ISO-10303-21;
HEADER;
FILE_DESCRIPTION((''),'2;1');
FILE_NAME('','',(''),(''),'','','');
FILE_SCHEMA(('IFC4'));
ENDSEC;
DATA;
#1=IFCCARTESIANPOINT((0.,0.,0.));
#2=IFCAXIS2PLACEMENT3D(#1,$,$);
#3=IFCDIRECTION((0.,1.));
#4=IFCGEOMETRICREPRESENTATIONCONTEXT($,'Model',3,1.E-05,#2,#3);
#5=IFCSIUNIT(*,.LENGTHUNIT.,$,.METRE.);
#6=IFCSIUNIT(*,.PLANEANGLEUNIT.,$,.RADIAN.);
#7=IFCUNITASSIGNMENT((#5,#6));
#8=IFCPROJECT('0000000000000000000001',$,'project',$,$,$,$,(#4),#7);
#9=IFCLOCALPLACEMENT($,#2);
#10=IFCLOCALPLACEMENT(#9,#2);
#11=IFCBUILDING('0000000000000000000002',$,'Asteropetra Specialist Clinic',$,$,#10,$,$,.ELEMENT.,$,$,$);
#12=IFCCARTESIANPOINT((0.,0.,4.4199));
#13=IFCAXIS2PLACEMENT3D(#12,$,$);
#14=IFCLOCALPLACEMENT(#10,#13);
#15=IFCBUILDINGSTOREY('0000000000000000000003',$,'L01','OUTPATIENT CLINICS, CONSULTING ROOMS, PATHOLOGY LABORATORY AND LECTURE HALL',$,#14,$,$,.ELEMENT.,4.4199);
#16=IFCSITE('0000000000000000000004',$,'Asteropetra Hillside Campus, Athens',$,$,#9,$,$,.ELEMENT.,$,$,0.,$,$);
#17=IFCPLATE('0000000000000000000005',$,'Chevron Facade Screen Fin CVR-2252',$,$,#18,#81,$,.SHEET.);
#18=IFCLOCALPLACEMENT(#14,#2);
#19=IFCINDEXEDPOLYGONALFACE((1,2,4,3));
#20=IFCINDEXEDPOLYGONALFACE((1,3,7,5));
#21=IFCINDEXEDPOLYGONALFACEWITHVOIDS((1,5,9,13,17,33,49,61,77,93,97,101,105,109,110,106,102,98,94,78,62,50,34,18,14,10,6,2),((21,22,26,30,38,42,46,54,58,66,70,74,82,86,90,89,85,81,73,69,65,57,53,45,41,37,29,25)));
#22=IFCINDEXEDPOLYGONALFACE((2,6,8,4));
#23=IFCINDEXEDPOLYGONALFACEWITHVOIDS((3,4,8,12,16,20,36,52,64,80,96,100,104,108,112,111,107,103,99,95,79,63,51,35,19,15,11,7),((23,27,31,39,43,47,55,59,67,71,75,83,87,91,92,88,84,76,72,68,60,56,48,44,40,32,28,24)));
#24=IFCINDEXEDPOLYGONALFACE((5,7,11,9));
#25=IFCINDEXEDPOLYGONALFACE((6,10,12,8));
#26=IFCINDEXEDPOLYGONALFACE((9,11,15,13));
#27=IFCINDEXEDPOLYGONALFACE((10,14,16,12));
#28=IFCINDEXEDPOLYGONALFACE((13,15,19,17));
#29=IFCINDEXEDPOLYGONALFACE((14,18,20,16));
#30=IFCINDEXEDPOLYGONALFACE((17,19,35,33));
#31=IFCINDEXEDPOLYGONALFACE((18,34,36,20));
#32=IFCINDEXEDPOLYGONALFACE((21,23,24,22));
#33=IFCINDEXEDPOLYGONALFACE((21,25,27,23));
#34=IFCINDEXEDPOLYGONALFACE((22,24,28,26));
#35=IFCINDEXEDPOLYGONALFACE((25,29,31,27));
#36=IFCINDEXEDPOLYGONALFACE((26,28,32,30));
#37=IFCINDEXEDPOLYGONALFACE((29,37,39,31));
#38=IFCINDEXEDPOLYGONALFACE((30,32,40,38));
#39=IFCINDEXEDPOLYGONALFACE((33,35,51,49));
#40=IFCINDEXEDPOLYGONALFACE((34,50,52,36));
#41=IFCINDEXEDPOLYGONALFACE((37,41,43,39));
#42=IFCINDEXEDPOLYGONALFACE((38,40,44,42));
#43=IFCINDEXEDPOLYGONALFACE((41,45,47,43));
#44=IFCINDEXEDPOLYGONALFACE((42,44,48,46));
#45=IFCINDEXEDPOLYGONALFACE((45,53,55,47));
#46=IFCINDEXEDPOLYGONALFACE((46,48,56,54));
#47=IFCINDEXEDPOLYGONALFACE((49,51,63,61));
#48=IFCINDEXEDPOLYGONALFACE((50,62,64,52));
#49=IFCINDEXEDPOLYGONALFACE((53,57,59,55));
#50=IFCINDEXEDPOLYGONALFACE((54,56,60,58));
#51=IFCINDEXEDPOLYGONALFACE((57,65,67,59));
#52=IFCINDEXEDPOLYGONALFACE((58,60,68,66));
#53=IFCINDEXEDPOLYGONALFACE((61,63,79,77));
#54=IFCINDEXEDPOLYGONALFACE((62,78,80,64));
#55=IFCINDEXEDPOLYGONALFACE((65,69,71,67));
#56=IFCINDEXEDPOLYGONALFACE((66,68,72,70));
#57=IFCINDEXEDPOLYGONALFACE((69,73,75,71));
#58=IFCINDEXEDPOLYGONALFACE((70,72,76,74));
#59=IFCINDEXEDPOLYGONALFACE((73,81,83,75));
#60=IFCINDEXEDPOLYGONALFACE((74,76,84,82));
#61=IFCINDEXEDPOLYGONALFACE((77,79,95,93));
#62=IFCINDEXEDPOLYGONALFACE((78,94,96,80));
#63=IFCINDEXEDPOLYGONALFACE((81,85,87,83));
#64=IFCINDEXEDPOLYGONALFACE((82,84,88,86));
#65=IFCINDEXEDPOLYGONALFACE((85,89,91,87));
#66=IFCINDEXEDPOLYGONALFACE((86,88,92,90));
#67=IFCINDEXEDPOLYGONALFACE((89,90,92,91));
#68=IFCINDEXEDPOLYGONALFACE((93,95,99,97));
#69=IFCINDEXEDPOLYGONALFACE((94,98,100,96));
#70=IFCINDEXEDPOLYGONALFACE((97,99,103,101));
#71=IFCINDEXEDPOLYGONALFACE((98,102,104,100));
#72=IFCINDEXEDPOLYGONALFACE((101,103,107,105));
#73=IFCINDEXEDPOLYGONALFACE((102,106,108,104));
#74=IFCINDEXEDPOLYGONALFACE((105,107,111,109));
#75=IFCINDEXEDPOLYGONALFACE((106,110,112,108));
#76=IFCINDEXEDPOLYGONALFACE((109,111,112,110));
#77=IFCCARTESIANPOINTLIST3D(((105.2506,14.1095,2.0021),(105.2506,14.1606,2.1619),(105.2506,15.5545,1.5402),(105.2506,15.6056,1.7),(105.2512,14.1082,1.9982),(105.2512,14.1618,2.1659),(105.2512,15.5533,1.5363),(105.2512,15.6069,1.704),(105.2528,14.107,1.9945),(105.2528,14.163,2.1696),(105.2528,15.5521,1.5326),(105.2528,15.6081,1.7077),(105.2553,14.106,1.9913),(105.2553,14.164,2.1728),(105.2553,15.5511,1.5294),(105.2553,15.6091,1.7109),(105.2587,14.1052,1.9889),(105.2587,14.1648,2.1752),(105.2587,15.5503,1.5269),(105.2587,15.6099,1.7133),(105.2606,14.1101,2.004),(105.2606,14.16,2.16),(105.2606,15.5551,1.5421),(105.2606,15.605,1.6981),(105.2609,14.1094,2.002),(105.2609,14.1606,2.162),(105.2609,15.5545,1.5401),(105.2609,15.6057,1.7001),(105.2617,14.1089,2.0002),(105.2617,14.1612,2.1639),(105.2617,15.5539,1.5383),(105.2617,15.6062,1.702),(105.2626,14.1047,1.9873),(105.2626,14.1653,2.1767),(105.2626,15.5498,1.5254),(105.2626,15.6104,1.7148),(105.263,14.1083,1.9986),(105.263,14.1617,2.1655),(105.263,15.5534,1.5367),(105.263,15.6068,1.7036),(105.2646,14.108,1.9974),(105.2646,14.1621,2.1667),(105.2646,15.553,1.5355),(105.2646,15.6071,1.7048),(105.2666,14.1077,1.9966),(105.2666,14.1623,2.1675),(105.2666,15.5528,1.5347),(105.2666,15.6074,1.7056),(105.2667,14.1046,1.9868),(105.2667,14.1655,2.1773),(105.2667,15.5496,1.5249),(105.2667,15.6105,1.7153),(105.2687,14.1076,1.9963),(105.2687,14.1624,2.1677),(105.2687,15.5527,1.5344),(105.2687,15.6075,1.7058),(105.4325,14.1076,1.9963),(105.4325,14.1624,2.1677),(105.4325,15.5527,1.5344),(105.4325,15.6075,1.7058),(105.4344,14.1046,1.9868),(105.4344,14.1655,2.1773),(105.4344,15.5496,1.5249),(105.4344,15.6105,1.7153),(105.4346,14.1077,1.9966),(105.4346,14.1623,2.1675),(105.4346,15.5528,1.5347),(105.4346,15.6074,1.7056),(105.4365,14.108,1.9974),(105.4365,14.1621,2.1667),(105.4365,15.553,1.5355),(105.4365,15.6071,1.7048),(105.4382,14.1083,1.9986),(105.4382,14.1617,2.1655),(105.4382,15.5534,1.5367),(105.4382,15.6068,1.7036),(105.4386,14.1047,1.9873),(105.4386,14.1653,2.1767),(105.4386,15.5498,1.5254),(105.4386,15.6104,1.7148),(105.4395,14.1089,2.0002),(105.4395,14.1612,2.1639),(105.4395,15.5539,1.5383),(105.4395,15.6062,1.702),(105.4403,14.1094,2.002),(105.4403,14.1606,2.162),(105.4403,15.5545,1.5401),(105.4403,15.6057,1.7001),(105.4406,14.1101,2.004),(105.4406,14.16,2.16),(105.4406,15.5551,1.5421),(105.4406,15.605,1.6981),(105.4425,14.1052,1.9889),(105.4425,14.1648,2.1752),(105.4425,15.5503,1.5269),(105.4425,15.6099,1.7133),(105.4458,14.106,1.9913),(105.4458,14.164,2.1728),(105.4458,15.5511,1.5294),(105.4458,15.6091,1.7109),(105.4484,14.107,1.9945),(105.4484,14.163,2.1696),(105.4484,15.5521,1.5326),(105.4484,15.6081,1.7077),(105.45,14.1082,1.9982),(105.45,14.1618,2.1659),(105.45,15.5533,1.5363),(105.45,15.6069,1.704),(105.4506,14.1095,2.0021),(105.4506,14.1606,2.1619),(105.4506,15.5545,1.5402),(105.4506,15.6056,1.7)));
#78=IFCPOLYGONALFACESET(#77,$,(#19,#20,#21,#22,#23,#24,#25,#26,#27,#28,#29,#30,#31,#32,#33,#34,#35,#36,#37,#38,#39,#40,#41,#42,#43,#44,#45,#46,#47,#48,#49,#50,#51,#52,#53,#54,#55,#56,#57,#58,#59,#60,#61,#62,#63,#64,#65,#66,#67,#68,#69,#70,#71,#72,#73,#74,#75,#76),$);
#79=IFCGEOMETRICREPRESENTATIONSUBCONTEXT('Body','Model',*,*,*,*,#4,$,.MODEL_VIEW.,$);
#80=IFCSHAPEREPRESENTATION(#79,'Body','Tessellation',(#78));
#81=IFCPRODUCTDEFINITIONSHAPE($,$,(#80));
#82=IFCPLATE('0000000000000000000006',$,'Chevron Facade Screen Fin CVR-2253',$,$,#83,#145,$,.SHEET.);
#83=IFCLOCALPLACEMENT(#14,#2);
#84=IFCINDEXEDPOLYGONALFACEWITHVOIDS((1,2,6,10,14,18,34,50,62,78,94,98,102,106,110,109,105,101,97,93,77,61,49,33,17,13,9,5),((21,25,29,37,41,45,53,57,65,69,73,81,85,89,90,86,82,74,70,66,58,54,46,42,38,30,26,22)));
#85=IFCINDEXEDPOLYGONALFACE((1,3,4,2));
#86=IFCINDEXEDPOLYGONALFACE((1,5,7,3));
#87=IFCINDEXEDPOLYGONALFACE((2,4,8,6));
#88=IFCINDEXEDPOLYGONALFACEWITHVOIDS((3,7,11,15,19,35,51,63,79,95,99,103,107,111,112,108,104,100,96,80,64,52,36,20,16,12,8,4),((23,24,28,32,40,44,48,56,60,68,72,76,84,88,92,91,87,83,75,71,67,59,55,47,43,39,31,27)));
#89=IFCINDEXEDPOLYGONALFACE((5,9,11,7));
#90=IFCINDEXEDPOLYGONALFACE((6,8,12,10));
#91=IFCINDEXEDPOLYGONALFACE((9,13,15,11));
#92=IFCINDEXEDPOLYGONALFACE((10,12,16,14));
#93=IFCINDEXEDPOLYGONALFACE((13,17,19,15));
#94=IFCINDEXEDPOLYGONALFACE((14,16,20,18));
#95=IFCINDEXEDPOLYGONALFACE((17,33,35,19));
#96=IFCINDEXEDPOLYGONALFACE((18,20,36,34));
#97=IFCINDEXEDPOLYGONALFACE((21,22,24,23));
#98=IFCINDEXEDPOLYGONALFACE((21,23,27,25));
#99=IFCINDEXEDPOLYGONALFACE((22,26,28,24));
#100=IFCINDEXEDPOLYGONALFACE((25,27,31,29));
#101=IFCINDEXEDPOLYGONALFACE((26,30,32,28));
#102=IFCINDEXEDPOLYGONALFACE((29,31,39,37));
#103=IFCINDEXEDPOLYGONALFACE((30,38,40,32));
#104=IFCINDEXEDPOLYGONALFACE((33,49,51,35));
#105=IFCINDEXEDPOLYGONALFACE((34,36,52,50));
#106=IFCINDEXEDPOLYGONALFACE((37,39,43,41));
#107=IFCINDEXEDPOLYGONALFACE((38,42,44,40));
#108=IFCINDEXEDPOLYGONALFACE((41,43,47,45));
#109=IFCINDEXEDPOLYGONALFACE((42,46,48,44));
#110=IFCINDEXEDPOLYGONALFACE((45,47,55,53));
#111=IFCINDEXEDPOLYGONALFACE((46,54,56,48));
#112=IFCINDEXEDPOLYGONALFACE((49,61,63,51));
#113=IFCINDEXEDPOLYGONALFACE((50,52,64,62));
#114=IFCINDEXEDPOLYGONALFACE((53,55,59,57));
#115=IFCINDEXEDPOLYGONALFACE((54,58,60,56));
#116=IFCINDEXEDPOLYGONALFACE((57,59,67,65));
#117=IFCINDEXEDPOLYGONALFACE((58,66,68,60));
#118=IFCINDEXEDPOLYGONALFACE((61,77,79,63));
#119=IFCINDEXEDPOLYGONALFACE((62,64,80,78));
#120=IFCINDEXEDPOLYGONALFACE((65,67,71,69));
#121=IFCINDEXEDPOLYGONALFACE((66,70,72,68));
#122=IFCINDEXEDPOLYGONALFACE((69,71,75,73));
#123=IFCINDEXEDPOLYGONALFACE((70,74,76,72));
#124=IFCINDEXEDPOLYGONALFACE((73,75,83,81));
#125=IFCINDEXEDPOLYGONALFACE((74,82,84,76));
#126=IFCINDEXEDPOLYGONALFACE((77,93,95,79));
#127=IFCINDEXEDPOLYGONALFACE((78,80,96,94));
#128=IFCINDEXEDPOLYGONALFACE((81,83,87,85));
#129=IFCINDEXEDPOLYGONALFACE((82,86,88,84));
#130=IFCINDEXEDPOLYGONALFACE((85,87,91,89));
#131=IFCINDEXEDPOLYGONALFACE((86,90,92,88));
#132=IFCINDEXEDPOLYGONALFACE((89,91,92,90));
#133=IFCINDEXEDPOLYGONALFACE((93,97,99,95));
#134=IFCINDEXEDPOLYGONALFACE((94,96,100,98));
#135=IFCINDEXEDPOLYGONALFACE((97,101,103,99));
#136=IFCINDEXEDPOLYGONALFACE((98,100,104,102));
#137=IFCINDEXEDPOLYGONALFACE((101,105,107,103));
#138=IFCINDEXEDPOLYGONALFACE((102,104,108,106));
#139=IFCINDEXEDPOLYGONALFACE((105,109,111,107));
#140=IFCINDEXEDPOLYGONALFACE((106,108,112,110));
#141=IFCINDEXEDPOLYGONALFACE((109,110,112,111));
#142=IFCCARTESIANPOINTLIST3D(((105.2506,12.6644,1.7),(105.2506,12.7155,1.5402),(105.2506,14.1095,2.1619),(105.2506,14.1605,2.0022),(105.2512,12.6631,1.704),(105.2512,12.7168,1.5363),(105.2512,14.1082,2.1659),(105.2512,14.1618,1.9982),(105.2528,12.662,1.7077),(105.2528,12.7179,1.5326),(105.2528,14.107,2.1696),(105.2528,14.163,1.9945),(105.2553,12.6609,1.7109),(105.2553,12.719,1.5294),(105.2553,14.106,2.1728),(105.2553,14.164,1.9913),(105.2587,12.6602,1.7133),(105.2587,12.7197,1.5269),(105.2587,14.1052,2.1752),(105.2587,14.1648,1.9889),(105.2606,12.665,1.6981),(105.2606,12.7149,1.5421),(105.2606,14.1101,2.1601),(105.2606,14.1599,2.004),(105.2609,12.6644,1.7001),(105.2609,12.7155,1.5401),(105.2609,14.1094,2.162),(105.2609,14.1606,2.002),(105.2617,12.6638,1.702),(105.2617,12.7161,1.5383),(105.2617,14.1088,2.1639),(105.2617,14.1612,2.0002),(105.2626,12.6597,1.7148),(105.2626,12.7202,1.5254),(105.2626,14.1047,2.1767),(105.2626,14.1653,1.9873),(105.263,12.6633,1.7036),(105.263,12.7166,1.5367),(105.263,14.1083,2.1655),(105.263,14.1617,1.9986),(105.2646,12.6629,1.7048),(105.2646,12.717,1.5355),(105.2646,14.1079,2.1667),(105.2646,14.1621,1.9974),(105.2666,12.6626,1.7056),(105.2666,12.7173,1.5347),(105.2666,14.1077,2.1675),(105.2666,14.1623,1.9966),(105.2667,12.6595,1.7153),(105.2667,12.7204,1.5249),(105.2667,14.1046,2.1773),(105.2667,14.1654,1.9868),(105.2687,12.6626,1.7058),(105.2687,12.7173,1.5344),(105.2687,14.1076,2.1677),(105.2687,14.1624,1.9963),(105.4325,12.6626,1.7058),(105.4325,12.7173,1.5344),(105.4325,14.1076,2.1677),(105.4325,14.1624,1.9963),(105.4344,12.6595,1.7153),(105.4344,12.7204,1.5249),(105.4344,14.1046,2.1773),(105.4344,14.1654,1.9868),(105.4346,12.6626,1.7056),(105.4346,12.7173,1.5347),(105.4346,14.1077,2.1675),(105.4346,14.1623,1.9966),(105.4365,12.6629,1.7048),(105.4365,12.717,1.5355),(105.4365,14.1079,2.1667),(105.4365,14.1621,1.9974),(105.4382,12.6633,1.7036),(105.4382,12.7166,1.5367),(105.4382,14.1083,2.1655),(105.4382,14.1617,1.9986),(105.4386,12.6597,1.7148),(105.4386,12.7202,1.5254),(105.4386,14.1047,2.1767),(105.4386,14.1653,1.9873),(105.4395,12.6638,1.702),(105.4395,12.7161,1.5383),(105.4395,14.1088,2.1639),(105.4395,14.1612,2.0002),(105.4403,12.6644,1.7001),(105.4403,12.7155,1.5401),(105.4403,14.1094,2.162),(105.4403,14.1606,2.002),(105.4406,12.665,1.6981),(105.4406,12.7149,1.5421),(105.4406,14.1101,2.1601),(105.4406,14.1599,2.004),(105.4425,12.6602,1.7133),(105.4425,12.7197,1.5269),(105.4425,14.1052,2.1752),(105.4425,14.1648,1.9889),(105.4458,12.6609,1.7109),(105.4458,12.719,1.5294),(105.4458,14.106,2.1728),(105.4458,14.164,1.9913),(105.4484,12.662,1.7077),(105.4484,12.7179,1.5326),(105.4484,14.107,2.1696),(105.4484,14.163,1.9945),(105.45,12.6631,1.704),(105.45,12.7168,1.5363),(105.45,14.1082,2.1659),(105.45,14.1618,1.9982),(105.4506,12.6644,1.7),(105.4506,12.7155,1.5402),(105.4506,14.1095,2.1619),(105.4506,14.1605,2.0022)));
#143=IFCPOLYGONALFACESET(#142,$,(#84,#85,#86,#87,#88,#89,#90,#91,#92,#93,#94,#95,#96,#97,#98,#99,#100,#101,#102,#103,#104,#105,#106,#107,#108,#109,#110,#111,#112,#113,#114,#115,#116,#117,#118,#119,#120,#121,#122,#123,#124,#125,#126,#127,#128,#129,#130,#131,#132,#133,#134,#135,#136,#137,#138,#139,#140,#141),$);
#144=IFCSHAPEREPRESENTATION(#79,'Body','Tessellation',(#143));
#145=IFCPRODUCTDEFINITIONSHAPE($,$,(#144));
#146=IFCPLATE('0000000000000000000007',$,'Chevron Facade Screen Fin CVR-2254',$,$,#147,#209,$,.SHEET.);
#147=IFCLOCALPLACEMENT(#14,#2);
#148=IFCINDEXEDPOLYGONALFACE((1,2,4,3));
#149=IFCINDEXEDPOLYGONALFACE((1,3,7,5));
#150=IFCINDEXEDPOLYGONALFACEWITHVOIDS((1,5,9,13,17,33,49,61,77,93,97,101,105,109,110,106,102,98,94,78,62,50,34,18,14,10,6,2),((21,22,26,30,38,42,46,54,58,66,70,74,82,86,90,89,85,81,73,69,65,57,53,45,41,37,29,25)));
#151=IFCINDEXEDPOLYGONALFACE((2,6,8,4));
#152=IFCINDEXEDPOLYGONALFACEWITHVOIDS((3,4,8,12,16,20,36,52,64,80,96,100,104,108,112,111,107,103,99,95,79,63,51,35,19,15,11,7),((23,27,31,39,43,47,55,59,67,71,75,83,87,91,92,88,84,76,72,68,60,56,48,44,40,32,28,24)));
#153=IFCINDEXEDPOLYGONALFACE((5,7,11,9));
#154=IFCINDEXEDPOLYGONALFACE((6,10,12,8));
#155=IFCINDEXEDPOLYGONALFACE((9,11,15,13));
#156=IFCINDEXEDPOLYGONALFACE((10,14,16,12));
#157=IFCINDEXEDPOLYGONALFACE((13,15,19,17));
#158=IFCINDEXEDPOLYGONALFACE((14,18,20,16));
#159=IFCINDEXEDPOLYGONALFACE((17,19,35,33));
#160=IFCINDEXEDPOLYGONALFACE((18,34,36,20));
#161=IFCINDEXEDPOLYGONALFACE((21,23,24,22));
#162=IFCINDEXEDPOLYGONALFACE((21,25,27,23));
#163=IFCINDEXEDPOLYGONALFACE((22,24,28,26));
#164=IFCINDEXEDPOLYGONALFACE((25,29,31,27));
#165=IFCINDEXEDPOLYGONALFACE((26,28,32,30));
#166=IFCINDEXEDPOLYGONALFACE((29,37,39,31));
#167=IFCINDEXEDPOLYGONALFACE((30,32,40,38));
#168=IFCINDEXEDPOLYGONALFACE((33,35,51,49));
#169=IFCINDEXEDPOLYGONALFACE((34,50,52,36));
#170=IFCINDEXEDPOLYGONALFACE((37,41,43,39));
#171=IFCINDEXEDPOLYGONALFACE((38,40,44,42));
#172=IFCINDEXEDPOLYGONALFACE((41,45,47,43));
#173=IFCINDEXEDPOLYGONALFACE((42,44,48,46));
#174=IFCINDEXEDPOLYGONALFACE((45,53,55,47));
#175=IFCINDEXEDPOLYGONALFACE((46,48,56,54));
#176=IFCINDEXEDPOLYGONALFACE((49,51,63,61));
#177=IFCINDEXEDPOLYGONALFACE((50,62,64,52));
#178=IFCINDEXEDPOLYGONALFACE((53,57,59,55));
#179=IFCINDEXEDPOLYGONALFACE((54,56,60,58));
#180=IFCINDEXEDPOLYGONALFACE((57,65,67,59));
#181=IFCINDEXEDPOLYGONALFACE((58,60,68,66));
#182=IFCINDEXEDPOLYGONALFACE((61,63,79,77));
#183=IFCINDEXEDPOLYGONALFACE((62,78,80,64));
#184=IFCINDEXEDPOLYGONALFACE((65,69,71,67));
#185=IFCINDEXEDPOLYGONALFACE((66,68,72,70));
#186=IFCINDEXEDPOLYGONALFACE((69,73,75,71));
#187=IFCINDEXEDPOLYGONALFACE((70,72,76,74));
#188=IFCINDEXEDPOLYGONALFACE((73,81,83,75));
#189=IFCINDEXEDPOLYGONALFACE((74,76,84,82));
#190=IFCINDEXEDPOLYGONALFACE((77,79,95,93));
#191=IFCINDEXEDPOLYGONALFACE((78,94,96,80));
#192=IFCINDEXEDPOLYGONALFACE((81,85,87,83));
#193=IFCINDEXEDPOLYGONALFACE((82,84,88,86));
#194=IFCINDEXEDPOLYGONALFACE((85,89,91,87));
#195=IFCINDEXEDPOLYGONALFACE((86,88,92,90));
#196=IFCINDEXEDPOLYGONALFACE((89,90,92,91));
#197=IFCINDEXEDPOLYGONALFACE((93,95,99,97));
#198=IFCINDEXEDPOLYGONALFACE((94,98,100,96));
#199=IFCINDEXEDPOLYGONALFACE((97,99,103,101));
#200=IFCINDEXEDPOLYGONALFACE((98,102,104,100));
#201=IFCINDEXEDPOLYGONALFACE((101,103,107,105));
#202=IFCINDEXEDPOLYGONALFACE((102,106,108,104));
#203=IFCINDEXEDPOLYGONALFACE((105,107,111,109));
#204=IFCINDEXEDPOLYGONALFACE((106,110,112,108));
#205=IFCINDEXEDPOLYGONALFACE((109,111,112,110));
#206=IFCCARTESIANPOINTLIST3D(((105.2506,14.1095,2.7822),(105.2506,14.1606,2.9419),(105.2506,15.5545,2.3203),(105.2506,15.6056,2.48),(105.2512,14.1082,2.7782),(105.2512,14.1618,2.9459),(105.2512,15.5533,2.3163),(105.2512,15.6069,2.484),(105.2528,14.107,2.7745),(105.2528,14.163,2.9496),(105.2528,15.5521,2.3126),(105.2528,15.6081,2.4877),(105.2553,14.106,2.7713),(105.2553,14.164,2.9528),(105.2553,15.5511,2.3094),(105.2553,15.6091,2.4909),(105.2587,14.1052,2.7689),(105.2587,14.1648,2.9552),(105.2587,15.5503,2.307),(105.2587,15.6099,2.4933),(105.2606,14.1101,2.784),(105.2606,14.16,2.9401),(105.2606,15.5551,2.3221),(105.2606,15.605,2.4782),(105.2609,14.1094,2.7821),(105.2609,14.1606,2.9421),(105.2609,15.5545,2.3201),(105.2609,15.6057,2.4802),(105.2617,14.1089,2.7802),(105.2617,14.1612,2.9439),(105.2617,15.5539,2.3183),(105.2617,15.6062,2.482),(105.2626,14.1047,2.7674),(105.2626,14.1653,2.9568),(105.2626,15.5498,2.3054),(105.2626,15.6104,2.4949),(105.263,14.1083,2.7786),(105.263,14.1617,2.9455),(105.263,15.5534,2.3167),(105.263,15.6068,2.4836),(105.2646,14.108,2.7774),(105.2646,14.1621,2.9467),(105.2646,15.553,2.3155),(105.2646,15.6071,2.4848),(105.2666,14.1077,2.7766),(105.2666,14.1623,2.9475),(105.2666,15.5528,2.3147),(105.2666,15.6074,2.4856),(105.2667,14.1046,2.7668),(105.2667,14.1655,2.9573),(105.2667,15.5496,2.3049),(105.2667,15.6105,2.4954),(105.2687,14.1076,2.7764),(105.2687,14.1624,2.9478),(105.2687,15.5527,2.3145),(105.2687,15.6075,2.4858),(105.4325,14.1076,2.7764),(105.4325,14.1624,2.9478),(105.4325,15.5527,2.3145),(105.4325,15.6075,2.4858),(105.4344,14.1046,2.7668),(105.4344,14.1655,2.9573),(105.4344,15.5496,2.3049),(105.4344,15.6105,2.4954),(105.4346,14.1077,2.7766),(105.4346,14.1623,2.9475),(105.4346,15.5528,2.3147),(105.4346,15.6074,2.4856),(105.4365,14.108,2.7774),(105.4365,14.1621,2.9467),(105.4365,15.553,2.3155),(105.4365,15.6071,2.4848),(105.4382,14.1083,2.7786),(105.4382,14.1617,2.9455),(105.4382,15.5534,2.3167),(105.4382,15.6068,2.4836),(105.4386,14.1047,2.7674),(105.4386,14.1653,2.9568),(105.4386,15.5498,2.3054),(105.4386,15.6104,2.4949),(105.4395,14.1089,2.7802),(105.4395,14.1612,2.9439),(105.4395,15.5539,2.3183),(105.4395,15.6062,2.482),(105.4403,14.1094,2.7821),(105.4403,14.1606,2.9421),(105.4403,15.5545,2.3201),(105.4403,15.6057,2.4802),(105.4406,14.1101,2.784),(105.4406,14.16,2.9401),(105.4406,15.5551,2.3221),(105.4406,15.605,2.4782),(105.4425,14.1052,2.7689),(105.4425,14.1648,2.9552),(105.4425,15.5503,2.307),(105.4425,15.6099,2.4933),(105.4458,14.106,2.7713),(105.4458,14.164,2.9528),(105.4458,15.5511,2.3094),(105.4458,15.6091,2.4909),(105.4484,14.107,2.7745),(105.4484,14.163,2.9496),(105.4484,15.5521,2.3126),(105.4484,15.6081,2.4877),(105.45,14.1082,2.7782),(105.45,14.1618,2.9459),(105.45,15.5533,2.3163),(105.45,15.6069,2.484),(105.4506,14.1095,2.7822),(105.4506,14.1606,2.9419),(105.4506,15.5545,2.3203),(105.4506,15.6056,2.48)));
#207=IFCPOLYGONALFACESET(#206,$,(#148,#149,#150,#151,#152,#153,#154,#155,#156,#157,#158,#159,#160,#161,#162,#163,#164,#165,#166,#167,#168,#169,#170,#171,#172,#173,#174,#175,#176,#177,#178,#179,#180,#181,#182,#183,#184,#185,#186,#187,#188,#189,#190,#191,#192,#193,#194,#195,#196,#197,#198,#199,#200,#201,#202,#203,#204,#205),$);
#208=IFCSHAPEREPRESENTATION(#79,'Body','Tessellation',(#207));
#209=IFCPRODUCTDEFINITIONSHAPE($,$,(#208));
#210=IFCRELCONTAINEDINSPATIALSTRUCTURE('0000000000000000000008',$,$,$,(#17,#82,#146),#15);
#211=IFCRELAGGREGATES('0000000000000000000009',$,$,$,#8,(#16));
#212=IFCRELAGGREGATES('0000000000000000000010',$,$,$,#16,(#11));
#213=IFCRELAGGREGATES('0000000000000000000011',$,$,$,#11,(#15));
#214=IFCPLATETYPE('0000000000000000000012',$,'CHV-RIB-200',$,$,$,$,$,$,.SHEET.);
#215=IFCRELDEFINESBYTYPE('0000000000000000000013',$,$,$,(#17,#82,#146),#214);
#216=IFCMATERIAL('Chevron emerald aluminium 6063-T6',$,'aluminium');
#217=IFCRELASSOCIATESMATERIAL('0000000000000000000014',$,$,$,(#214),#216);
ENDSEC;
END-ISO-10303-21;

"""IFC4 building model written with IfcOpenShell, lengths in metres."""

from ifc_helpers import new_model, si_unit, direction, frame, origin, origin_2d, place, context, subcontext, project, spatial, hollow_rectangle, extrude, material, material_profile, profile_set, type_object, element, save


model = new_model("IFC4")

# Units and contexts
model_context = context("Model", 3, precision=1e-05, world=origin(), true_north=direction((0.0, 1.0)))
body_context = subcontext(model_context, "Body", "Model", "MODEL_VIEW")
ifc_project = project(units=[si_unit("LENGTHUNIT", "METRE"), si_unit("PLANEANGLEUNIT", "RADIAN")], contexts=[model_context])

# Site, building, storey
site_placement = place(None, origin())
site = spatial("IfcSite", under=ifc_project, at=site_placement, Name="Asteropetra Hillside Campus, Athens", CompositionType="ELEMENT", RefElevation=0.0)
building_placement = place(site_placement, origin())
building = spatial("IfcBuilding", under=site, at=building_placement, Name="Asteropetra Specialist Clinic", CompositionType="ELEMENT")
storey_placement = place(building_placement, frame((0.0, 0.0, 4.4199)))
storey = spatial("IfcBuildingStorey", under=building, at=storey_placement, Name="L01", Description="OUTPATIENT CLINICS, CONSULTING ROOMS, PATHOLOGY LABORATORY AND LECTURE HALL", CompositionType="ELEMENT", Elevation=4.4199)

# Plates
ifc_material_1 = material(Name="Chevron emerald aluminium 6063-T6", Category="aluminium")
ifc_material_profile = material_profile(ifc_material_1, hollow_rectangle(XDim=0.2, YDim=0.2, WallThickness=0.01, InnerFilletRadius=0.0081, OuterFilletRadius=0.0161, at=origin_2d()), Name="SHS 200x200x10.0")
ifc_profile_set = profile_set([ifc_material_profile], Name="Chevron emerald aluminium 6063-T6")
plate_type = type_object("IfcPlateType", Name="CHV-RIB-200", PredefinedType="SHEET", material=ifc_profile_set)
for number, where, z_axis, x_axis, name in (
    (1, (105.3506, 15.5801, 1.6201), (0.0, -0.952521, 0.304472), (1.0, 0.0, 0.0), "Chevron Facade Screen Fin CVR-2252"),
    (2, (105.3506, 14.135, 2.082), (0.0, -0.952521, -0.304472), (1.0, 0.0, 0.0), "Chevron Facade Screen Fin CVR-2253"),
    (3, (105.3506, 15.5801, 2.4001), (0.0, -0.952521, 0.304472), (1.0, 0.0, 0.0), "Chevron Facade Screen Fin CVR-2254"),
):
    element("IfcPlate", number, at=place(storey_placement, frame(where, z_axis=z_axis, x_axis=x_axis)), inside=storey, type_object=plate_type, Name=name, PredefinedType="SHEET", context=body_context, shape_type="SweptSolid", body=[
        extrude(hollow_rectangle(XDim=0.2, YDim=0.2, WallThickness=0.01, InnerFilletRadius=0.0081, OuterFilletRadius=0.0161, at=origin_2d()), origin(), (0.0, 0.0, 1.0), 1.5171),
    ])

save(model, "model.ifc")
